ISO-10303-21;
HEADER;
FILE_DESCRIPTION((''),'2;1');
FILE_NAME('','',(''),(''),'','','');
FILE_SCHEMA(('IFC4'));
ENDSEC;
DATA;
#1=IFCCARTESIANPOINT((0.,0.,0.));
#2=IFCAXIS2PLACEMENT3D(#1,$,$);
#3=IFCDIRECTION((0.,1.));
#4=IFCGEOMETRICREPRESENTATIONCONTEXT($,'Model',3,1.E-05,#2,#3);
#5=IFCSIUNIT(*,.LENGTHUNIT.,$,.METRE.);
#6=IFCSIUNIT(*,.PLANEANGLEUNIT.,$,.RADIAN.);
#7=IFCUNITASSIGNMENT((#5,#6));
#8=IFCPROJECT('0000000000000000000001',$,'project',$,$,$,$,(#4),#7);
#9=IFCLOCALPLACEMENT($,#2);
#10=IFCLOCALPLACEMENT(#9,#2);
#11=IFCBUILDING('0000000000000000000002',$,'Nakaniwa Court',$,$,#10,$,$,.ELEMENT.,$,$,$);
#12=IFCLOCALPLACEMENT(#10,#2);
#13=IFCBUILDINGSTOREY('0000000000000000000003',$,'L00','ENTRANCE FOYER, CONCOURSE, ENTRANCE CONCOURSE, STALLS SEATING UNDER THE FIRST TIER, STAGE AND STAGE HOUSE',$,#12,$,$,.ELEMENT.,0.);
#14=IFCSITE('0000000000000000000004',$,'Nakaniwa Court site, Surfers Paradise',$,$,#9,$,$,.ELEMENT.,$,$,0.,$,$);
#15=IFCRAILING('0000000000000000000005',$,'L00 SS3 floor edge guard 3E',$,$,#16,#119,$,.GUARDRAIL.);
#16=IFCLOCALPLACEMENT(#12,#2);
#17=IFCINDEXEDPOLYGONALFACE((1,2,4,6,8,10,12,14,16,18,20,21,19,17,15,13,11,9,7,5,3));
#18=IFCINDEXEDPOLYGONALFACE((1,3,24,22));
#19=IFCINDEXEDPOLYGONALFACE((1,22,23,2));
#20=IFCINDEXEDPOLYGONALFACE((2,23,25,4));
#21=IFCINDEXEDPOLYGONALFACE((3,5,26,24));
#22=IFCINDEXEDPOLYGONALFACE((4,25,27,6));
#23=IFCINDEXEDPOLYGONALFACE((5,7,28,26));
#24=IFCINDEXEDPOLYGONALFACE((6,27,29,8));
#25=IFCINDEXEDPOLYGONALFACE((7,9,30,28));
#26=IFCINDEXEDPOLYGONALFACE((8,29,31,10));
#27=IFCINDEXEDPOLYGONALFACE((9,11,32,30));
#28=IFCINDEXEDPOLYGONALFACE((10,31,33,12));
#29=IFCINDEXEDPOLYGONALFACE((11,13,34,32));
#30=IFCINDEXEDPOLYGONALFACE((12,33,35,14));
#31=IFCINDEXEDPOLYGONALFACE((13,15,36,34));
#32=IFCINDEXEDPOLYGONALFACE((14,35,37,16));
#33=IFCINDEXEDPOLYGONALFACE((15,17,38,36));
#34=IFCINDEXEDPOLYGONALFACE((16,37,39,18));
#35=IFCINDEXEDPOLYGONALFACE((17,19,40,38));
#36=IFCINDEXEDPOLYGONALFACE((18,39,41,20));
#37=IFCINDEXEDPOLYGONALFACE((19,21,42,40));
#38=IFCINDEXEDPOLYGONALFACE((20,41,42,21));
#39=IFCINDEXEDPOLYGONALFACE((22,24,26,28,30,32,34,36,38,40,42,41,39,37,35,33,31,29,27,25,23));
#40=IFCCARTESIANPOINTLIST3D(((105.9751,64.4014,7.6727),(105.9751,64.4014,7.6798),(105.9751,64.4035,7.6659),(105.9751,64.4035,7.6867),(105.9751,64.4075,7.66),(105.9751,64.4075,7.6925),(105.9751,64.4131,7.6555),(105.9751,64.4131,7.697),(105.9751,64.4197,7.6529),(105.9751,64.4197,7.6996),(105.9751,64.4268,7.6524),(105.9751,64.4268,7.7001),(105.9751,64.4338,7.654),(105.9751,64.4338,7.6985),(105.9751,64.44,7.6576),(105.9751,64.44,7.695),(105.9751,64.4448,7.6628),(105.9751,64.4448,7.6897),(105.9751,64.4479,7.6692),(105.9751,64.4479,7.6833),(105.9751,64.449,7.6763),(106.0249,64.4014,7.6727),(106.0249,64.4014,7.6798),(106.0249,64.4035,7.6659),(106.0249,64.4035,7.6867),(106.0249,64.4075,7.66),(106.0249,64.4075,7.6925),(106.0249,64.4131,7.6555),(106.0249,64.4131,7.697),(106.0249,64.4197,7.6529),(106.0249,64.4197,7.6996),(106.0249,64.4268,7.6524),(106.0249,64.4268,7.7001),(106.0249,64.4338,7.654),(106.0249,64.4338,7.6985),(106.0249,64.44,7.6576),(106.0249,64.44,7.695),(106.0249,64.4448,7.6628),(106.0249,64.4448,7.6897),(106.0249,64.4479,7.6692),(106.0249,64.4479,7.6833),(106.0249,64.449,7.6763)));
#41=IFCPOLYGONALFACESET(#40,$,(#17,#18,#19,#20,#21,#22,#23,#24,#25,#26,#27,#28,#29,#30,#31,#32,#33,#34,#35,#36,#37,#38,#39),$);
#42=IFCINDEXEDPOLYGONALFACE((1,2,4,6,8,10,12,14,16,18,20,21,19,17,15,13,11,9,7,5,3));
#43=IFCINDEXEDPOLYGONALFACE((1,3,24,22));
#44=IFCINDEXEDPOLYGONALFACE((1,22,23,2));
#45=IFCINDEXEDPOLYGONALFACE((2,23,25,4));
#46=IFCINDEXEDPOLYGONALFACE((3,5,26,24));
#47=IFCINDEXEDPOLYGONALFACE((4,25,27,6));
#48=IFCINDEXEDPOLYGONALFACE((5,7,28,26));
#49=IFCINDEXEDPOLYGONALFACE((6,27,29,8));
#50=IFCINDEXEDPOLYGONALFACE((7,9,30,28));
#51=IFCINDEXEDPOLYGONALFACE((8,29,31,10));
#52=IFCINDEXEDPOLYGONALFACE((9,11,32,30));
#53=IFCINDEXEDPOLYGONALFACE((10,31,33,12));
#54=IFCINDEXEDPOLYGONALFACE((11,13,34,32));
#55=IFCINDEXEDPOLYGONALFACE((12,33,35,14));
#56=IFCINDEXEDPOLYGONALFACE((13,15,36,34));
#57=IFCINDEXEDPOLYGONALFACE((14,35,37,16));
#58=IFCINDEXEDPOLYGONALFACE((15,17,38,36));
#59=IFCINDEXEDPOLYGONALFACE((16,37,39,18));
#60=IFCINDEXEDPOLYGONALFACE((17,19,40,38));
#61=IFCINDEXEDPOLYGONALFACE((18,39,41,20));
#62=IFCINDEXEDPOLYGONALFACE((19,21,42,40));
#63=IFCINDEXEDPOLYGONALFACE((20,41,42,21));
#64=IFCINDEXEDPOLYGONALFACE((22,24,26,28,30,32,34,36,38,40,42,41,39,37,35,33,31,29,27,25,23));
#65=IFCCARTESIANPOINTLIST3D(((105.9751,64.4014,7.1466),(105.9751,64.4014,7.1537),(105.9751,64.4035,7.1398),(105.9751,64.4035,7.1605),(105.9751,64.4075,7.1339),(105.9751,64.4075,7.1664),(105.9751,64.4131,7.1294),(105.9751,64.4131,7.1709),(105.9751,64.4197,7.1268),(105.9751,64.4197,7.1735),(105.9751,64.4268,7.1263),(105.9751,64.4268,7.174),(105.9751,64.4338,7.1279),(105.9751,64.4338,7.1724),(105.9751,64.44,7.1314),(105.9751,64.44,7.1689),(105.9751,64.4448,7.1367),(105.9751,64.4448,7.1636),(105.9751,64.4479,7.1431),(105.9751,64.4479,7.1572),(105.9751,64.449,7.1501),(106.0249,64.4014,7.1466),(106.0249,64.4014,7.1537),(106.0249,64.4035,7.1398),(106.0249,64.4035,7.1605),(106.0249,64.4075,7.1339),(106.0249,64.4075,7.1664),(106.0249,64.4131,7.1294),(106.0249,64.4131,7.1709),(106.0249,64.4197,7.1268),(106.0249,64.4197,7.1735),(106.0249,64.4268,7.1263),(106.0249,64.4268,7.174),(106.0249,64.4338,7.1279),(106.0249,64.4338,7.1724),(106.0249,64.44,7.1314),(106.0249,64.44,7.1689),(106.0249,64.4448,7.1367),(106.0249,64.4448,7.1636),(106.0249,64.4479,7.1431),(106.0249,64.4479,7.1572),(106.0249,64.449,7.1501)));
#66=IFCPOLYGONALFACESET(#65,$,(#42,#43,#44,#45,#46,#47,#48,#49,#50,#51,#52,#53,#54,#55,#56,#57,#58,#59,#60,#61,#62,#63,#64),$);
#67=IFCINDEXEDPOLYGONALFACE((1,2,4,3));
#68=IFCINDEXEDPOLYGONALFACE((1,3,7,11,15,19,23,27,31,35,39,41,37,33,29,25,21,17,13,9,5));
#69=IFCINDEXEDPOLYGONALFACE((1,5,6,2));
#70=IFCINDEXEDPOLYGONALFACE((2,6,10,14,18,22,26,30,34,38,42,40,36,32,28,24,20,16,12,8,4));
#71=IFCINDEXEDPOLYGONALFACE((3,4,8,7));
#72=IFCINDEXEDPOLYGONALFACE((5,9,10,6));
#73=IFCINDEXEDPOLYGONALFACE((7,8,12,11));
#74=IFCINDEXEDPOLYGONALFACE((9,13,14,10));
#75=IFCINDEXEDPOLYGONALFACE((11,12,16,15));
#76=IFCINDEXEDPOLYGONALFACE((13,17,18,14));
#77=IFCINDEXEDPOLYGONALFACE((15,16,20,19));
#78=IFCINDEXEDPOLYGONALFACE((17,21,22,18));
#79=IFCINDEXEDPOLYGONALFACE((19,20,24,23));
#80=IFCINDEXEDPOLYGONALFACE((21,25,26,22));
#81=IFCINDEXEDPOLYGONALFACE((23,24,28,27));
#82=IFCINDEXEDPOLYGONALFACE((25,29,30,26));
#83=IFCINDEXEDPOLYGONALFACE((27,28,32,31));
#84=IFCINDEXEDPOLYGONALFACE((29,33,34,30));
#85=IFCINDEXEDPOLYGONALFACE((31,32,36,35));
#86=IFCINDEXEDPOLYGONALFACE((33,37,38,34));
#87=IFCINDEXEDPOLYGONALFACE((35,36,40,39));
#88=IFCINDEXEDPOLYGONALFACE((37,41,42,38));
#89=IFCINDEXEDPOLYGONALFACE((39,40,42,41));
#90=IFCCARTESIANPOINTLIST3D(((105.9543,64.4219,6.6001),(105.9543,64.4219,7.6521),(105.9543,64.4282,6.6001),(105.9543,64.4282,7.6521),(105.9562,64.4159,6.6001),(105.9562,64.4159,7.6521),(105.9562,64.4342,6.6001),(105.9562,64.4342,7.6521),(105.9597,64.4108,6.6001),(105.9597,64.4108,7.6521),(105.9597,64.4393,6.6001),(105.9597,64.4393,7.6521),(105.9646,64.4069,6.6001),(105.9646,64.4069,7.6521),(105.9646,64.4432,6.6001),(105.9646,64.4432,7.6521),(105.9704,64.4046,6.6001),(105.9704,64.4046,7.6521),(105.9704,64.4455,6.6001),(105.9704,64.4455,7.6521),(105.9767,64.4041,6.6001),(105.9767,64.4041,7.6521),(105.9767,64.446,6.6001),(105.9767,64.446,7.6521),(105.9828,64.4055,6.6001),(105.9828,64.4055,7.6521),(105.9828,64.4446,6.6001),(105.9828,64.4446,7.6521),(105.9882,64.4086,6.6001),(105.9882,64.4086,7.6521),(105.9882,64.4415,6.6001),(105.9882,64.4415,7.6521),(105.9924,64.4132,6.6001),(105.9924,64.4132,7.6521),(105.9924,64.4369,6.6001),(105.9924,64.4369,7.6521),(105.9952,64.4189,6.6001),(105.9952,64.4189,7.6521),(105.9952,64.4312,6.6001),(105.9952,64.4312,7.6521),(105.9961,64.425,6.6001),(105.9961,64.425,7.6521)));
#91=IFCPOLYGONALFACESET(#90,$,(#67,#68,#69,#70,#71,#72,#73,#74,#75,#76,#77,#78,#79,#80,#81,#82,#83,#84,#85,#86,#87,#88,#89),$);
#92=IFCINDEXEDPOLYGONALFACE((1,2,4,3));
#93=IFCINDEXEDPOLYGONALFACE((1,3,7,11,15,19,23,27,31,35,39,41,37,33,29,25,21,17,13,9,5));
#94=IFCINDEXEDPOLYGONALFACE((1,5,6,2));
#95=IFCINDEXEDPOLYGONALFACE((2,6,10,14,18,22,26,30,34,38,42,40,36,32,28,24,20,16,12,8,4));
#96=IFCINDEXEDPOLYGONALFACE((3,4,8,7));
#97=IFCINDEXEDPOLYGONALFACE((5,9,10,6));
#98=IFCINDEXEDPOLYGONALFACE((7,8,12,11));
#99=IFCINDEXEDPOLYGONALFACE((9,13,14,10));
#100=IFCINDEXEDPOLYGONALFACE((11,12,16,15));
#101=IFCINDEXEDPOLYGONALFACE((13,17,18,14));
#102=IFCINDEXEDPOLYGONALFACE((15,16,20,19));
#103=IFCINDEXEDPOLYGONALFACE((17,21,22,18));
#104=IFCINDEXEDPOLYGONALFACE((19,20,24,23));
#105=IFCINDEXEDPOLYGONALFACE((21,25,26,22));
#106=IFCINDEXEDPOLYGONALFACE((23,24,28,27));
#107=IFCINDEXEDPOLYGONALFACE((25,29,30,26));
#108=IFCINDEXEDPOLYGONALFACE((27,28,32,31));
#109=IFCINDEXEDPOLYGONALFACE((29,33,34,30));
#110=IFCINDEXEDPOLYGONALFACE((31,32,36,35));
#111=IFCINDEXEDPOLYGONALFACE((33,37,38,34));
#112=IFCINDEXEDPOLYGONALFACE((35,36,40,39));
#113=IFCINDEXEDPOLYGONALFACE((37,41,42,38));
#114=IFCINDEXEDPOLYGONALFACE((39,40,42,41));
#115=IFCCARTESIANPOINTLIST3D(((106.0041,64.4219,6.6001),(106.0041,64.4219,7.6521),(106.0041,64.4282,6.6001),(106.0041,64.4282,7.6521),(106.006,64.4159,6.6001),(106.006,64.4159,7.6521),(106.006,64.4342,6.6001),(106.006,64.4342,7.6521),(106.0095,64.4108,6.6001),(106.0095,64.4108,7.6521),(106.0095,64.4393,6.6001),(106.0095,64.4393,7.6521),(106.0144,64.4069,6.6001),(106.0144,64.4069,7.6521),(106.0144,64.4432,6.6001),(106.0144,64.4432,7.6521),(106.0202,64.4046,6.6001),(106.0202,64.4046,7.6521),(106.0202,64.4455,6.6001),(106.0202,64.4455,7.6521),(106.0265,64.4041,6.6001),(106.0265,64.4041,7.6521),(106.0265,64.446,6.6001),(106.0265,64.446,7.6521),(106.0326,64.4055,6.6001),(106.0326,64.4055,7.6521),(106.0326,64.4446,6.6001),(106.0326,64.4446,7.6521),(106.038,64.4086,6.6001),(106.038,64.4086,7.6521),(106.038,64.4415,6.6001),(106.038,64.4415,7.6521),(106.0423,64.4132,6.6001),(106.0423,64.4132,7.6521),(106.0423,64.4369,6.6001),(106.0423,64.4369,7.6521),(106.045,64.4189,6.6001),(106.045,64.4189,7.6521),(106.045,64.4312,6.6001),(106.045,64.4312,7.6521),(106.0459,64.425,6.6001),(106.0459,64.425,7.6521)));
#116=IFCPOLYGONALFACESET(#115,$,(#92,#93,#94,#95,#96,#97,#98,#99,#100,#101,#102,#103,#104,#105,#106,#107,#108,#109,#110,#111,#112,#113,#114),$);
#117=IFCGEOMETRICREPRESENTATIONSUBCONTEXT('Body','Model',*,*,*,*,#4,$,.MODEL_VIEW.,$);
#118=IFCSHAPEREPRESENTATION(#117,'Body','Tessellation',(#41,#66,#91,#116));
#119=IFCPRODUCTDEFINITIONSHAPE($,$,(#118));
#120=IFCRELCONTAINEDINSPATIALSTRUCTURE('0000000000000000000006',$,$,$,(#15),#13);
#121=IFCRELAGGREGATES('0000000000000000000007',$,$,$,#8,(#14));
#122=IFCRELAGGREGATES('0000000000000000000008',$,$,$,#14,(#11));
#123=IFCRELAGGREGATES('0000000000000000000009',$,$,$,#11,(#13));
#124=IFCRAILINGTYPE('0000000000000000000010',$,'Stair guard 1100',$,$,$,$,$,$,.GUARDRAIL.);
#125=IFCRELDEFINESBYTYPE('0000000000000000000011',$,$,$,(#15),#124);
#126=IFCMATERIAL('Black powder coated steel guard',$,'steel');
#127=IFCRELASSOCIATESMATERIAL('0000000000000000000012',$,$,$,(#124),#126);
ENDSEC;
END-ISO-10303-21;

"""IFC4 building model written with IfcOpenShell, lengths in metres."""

from ifc_helpers import new_model, si_unit, direction, frame, origin, origin_2d, place, context, subcontext, project, spatial, circle, extrude, material, type_object, element, save


model = new_model("IFC4")

# Units and contexts
model_context = context("Model", 3, precision=1e-05, world=origin(), true_north=direction((0.0, 1.0)))
body_context = subcontext(model_context, "Body", "Model", "MODEL_VIEW")
ifc_project = project(units=[si_unit("LENGTHUNIT", "METRE"), si_unit("PLANEANGLEUNIT", "RADIAN")], contexts=[model_context])

# Site, building, storey
site_placement = place(None, origin())
site = spatial("IfcSite", under=ifc_project, at=site_placement, Name="Nakaniwa Court site, Surfers Paradise", CompositionType="ELEMENT", RefElevation=0.0)
building_placement = place(site_placement, origin())
building = spatial("IfcBuilding", under=site, at=building_placement, Name="Nakaniwa Court", CompositionType="ELEMENT")
storey_placement = place(building_placement, origin())
storey = spatial("IfcBuildingStorey", under=building, at=storey_placement, Name="L00", Description="ENTRANCE FOYER, CONCOURSE, ENTRANCE CONCOURSE, STALLS SEATING UNDER THE FIRST TIER, STAGE AND STAGE HOUSE", CompositionType="ELEMENT", Elevation=0.0)

# Railing
ifc_material_1 = material(Name="Black powder coated steel guard", Category="steel")
railing_type_1 = type_object("IfcRailingType", Name="Stair guard 1100", PredefinedType="GUARDRAIL", material=ifc_material_1)
for number, where, name in (
    (1, (105.9751, 64.425, 6.6001), "L00 SS3 floor edge guard 3E"),
):
    element("IfcRailing", number, at=place(storey_placement, frame(where)), inside=storey, type_object=railing_type_1, Name=name, PredefinedType="GUARDRAIL", context=body_context, shape_type="SweptSolid", body=[
        extrude(circle(Radius=0.0239, at=origin_2d()), frame((0.0, 0.0, 1.0762), z_axis=(1.0, 0.0, 0.0), x_axis=(0.0, 1.0, 0.0)), (0.0, 0.0, 1.0), 0.0498),
        extrude(circle(Radius=0.0239, at=origin_2d()), frame((0.0, 0.0, 0.55), z_axis=(1.0, 0.0, 0.0), x_axis=(0.0, 1.0, 0.0)), (0.0, 0.0, 1.0), 0.0498),
        extrude(circle(Radius=0.021, at=origin_2d()), origin(), (0.0, 0.0, 1.0), 1.052),
        extrude(circle(Radius=0.021, at=origin_2d()), frame((0.0498, 0.0, 0.0)), (0.0, 0.0, 1.0), 1.052),
    ])

save(model, "model.ifc")
